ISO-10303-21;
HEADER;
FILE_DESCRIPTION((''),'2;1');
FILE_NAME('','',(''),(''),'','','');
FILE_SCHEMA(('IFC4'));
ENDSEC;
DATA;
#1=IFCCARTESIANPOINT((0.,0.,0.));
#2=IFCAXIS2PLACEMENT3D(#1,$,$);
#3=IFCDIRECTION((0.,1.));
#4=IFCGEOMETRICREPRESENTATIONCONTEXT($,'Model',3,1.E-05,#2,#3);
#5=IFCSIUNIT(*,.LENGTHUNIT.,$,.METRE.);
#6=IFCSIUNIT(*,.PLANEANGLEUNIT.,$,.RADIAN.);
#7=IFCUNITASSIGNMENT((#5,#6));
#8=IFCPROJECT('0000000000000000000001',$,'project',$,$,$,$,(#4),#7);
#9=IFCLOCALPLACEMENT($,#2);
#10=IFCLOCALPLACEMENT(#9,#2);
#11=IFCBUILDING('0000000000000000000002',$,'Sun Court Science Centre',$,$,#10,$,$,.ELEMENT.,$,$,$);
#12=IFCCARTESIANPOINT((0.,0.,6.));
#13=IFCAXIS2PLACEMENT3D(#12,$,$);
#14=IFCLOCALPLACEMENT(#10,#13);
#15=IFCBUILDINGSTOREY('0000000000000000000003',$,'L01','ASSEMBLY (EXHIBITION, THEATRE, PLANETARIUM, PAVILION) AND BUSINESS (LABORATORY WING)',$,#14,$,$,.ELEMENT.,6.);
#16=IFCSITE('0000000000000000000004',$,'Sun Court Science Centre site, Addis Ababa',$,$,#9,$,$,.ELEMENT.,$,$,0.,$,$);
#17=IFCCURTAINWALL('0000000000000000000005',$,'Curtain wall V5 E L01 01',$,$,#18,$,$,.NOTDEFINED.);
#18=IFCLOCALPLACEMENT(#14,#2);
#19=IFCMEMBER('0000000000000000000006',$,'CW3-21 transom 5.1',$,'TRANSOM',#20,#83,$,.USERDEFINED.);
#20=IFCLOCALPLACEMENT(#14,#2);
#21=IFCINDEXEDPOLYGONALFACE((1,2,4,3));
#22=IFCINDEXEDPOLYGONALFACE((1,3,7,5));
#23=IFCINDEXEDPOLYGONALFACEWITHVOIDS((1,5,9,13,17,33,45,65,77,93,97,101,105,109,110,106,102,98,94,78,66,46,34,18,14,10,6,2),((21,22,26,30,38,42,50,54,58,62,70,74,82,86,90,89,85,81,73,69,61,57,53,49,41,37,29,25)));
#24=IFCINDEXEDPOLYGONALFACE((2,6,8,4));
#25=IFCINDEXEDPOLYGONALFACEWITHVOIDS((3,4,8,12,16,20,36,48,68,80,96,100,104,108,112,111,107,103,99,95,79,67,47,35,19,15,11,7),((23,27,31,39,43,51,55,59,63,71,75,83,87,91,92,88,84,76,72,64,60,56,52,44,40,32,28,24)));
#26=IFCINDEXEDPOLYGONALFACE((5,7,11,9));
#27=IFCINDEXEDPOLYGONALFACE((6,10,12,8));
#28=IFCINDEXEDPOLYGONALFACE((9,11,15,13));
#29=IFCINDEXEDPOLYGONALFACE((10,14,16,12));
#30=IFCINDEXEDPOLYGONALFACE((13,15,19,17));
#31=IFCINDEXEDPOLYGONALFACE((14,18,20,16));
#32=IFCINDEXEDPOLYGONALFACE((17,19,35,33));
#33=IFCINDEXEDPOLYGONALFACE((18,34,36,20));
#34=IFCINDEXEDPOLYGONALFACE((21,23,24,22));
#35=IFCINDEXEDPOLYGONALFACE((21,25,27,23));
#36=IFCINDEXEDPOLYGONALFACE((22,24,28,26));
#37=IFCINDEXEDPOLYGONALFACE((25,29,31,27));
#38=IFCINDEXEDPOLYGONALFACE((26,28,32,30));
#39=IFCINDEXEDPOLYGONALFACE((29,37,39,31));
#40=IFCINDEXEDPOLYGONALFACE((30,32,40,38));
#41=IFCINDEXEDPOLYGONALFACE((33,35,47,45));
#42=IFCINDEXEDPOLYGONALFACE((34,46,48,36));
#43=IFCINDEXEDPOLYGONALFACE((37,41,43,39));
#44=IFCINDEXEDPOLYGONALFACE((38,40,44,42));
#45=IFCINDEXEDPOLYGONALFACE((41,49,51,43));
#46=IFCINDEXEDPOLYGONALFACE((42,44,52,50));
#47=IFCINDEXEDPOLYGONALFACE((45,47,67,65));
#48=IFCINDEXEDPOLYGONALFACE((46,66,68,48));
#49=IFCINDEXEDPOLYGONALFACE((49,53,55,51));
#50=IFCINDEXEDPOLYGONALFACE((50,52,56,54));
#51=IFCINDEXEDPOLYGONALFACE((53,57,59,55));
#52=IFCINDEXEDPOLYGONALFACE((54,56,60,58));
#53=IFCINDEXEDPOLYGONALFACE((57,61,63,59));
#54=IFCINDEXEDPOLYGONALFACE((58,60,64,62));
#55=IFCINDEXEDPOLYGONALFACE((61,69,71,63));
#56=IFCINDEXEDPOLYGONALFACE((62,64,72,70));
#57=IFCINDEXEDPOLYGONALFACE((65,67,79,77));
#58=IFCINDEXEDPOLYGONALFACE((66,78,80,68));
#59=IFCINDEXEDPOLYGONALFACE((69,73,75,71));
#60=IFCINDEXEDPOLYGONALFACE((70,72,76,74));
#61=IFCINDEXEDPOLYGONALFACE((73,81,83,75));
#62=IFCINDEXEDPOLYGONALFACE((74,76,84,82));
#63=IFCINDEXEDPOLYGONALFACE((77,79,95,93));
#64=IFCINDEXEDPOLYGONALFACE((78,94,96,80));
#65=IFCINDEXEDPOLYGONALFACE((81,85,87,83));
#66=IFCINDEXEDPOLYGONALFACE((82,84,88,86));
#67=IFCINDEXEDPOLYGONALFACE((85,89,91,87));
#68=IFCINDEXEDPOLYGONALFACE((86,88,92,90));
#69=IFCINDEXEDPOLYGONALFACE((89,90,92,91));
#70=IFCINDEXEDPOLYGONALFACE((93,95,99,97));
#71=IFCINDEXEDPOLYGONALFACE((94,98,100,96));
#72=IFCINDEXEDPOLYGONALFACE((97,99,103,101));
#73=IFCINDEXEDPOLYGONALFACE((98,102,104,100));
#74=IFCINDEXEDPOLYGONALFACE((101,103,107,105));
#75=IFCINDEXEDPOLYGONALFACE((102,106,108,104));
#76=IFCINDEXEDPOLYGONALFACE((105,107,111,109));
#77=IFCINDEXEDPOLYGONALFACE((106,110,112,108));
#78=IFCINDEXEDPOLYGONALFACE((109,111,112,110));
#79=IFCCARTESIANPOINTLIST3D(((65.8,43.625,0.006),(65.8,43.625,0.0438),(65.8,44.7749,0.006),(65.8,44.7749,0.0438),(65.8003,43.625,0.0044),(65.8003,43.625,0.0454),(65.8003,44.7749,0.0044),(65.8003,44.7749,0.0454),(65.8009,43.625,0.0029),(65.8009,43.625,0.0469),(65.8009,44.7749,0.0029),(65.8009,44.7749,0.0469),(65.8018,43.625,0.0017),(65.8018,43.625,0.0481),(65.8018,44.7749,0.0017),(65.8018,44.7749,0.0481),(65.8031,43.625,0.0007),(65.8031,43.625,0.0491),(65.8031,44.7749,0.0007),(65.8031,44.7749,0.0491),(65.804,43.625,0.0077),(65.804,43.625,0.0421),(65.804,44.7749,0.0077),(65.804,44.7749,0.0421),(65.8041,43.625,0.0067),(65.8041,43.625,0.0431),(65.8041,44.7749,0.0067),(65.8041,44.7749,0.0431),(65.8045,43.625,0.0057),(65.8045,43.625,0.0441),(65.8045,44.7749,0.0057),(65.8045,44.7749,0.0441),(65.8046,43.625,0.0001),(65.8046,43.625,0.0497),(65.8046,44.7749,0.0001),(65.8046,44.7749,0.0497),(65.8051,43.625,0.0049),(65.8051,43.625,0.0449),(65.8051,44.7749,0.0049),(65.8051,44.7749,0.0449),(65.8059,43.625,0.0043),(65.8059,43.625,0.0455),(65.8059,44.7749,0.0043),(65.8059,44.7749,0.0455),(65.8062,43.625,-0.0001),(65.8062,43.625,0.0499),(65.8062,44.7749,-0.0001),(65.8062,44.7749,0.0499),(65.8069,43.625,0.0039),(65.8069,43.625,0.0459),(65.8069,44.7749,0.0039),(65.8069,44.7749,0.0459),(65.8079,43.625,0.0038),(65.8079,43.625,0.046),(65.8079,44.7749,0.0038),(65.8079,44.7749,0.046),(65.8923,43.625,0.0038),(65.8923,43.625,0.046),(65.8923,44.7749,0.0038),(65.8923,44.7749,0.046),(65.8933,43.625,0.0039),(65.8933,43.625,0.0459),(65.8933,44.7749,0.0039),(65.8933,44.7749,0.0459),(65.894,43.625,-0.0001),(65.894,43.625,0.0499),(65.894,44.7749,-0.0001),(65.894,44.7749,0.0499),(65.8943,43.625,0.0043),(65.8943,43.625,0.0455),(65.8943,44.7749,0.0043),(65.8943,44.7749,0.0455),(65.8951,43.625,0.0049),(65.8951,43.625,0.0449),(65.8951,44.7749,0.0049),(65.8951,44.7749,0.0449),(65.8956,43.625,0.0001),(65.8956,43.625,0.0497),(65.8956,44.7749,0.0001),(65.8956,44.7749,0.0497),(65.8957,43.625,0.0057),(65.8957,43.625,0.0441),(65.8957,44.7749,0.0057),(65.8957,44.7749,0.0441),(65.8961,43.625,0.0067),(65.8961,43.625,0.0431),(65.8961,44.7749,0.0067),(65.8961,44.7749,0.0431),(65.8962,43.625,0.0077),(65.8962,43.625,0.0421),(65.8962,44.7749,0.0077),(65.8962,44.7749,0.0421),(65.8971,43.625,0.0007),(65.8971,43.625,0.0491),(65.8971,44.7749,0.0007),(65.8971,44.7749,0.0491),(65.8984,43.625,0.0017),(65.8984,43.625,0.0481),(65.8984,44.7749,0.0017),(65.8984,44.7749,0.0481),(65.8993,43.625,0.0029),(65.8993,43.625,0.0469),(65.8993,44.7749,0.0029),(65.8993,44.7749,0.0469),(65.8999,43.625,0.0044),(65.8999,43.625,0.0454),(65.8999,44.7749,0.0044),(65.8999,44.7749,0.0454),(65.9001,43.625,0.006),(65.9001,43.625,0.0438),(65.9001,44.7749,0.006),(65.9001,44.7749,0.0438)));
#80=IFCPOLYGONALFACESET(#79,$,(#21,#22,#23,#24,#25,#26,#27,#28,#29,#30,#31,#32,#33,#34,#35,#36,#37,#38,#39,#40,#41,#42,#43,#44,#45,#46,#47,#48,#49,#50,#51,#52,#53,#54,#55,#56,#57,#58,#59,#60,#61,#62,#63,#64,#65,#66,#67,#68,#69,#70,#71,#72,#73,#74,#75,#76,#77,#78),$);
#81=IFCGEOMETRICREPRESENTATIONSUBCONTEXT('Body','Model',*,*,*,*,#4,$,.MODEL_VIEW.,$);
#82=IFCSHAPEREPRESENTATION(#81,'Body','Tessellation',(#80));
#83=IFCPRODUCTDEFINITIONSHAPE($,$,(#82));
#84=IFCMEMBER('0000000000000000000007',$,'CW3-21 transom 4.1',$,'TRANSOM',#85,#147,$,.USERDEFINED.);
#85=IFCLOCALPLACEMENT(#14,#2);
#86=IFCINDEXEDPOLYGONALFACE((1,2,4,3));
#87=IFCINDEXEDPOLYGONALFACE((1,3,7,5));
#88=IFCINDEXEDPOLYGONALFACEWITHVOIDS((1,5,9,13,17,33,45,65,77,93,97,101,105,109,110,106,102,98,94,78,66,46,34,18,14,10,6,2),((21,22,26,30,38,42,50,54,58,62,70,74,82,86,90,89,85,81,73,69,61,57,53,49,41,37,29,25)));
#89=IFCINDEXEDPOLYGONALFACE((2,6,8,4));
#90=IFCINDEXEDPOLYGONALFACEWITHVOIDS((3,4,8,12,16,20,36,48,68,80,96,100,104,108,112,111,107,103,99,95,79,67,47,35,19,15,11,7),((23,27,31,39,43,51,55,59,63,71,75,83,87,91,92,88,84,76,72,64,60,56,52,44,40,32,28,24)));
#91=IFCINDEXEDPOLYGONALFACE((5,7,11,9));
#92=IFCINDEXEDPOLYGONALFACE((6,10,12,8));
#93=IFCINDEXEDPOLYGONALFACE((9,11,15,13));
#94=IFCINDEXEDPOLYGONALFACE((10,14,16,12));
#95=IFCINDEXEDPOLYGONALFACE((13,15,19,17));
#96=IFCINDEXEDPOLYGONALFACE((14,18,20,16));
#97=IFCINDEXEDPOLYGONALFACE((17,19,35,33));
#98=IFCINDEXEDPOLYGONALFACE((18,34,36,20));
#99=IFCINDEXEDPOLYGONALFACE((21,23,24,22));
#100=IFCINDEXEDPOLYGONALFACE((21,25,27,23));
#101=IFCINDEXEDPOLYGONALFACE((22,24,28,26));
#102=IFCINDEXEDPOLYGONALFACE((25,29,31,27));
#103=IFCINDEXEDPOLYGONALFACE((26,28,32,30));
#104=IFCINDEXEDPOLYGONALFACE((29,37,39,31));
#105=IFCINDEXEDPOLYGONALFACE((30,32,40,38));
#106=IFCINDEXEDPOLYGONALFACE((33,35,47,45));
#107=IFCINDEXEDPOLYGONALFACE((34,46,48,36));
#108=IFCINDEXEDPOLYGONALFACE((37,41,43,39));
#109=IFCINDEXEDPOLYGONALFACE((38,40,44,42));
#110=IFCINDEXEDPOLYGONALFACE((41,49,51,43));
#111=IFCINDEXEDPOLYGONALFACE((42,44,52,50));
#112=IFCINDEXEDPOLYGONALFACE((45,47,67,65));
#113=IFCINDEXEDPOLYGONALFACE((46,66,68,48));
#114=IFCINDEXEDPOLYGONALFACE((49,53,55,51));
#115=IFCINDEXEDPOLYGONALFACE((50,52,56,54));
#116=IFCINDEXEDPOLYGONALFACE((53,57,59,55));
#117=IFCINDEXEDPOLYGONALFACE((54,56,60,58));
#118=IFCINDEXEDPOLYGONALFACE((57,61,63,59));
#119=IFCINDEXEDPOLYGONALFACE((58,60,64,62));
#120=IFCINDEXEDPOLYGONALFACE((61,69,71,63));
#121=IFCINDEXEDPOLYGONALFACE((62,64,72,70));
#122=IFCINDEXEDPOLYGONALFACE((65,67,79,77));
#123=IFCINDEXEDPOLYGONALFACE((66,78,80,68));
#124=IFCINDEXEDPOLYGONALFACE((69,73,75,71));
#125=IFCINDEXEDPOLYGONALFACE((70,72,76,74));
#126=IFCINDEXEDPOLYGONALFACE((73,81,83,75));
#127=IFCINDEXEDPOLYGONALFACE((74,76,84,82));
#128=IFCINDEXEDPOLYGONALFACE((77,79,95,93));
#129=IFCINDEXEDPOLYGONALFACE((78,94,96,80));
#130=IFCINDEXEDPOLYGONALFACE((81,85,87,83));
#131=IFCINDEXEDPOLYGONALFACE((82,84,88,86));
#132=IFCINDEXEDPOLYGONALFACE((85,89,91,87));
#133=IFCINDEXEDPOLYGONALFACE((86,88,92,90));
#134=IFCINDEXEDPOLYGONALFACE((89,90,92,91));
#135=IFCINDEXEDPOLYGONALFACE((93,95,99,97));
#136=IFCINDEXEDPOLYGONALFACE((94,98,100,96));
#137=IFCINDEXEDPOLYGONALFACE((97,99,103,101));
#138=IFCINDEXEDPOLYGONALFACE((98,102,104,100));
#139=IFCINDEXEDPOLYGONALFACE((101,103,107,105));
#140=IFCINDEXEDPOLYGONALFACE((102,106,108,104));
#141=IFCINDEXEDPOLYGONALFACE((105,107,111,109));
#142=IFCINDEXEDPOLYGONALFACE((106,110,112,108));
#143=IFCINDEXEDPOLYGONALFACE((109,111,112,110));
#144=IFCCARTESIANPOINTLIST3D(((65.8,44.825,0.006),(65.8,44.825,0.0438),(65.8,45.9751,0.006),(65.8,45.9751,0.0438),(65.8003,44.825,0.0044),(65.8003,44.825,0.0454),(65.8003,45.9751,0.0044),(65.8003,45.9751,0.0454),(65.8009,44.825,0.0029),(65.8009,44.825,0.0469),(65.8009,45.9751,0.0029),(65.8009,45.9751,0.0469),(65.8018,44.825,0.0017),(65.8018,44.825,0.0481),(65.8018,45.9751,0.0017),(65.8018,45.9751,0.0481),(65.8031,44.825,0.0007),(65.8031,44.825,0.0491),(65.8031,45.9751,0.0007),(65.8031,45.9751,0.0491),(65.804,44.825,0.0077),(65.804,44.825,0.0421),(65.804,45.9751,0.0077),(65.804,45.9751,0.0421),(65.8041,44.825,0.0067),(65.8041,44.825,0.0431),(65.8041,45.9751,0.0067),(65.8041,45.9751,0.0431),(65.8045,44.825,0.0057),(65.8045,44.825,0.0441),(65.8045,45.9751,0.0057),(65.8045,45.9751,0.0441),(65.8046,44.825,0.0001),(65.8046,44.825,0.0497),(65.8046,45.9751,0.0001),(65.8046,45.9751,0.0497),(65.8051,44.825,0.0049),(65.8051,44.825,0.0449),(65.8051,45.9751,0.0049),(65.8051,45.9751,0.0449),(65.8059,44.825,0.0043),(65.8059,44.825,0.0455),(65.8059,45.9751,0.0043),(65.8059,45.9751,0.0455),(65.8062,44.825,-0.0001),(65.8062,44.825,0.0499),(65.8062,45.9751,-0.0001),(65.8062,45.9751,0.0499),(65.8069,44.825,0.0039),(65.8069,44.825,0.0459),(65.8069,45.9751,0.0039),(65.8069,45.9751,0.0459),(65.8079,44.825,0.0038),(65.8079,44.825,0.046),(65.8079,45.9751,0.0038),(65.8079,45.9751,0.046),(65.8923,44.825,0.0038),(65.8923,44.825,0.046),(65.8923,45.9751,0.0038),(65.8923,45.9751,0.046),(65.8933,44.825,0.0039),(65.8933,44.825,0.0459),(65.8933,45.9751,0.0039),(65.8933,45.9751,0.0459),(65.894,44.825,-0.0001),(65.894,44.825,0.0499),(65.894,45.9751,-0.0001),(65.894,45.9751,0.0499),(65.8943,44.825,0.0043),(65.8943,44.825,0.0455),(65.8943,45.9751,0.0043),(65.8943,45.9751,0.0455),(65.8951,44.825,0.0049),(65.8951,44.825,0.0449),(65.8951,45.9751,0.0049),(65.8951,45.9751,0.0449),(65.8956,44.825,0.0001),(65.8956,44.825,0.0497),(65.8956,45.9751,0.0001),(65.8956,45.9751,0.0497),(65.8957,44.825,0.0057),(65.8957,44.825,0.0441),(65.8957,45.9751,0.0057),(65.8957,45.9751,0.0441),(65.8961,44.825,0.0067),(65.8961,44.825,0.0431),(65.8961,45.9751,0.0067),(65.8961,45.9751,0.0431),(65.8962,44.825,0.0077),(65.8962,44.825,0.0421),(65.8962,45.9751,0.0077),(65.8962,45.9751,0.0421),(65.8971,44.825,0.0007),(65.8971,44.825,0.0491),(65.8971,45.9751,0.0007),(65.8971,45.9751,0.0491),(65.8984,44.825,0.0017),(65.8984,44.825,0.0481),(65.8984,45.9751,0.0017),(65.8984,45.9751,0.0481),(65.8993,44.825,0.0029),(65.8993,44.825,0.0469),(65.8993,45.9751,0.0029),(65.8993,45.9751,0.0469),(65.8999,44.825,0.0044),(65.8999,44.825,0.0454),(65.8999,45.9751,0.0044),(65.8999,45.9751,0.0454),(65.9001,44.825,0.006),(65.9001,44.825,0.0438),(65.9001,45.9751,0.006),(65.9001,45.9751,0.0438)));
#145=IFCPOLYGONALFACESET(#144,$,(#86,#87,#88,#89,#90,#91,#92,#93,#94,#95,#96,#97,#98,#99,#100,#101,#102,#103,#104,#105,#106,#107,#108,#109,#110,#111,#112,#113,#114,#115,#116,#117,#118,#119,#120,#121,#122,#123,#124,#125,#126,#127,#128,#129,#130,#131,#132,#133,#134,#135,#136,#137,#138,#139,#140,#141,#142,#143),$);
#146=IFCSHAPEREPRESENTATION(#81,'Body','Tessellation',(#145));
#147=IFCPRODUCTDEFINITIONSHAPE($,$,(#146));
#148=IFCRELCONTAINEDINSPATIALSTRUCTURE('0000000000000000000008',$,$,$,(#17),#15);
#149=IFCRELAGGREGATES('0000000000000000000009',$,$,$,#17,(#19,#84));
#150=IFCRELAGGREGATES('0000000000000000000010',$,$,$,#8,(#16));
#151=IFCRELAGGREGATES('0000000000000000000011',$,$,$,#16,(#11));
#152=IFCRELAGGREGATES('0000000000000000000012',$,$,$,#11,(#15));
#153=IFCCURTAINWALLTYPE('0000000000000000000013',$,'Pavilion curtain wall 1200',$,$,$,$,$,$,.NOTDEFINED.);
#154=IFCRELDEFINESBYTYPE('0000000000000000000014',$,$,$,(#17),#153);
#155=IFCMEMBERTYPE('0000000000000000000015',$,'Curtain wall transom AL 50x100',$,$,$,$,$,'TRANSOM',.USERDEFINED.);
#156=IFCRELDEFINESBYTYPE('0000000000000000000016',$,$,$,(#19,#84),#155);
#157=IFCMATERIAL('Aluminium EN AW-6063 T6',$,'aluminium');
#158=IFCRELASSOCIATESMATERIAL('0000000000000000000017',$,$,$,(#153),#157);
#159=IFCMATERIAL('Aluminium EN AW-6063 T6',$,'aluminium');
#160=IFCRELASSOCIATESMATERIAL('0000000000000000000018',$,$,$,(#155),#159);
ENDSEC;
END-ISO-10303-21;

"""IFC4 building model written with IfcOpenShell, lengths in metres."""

from ifc_helpers import new_model, si_unit, direction, frame, origin, origin_2d, place, context, subcontext, project, spatial, hollow_rectangle, extrude, material, material_profile, profile_set, type_object, element, aggregate, save


model = new_model("IFC4")

# Units and contexts
model_context = context("Model", 3, precision=1e-05, world=origin(), true_north=direction((0.0, 1.0)))
body_context = subcontext(model_context, "Body", "Model", "MODEL_VIEW")
ifc_project = project(units=[si_unit("LENGTHUNIT", "METRE"), si_unit("PLANEANGLEUNIT", "RADIAN")], contexts=[model_context])

# Site, building, storey
site_placement = place(None, origin())
site = spatial("IfcSite", under=ifc_project, at=site_placement, Name="Sun Court Science Centre site, Addis Ababa", CompositionType="ELEMENT", RefElevation=0.0)
building_placement = place(site_placement, origin())
building = spatial("IfcBuilding", under=site, at=building_placement, Name="Sun Court Science Centre", CompositionType="ELEMENT")
storey_placement = place(building_placement, frame((0.0, 0.0, 6.0)))
storey = spatial("IfcBuildingStorey", under=building, at=storey_placement, Name="L01", Description="ASSEMBLY (EXHIBITION, THEATRE, PLANETARIUM, PAVILION) AND BUSINESS (LABORATORY WING)", CompositionType="ELEMENT", Elevation=6.0)

# Curtain wall, members
ifc_material_1 = material(Name="Aluminium EN AW-6063 T6", Category="aluminium")
curtain_wall_type = type_object("IfcCurtainWallType", Name="Pavilion curtain wall 1200", PredefinedType="NOTDEFINED", material=ifc_material_1)
curtain_wall_placement = place(storey_placement, origin())
curtain_wall = element("IfcCurtainWall", 1, at=curtain_wall_placement, inside=storey, type_object=curtain_wall_type, Name="Curtain wall V5 E L01 01", PredefinedType="NOTDEFINED")
ifc_material_2 = material(Name="Aluminium EN AW-6063 T6", Category="aluminium")
ifc_material_profile_1 = material_profile(ifc_material_2, hollow_rectangle(XDim=0.05, YDim=0.1001, WallThickness=0.0039, InnerFilletRadius=0.0039, OuterFilletRadius=0.0061, at=origin_2d()), Name="AL 50x100x4")
ifc_profile_set_1 = profile_set([ifc_material_profile_1], Name="Aluminium EN AW-6063 T6")
member_type_1 = type_object("IfcMemberType", Name="Curtain wall transom AL 50x100", ElementType="TRANSOM", PredefinedType="USERDEFINED", material=ifc_profile_set_1)
member_1_placement = place(storey_placement, frame((65.8501, 44.7749, 0.0249), z_axis=(0.0, -1.0, 0.0), x_axis=(0.0, 0.0, 1.0)))
member_1 = element("IfcMember", 2, at=member_1_placement, type_object=member_type_1, Name="CW3-21 transom 5.1", ObjectType="TRANSOM", PredefinedType="USERDEFINED", context=body_context, shape_type="SweptSolid", body=[
    extrude(hollow_rectangle(XDim=0.05, YDim=0.1001, WallThickness=0.0039, InnerFilletRadius=0.0039, OuterFilletRadius=0.0061, at=origin_2d()), origin(), (0.0, 0.0, 1.0), 1.1499),
])
member_2_placement = place(storey_placement, frame((65.8501, 45.9751, 0.0249), z_axis=(0.0, -1.0, 0.0), x_axis=(0.0, 0.0, 1.0)))
member_2 = element("IfcMember", 3, at=member_2_placement, type_object=member_type_1, Name="CW3-21 transom 4.1", ObjectType="TRANSOM", PredefinedType="USERDEFINED", context=body_context, shape_type="SweptSolid", body=[
    extrude(hollow_rectangle(XDim=0.05, YDim=0.1001, WallThickness=0.0039, InnerFilletRadius=0.0039, OuterFilletRadius=0.0061, at=origin_2d()), origin(), (0.0, 0.0, 1.0), 1.1501),
])
aggregate(curtain_wall, [member_1, member_2])

save(model, "model.ifc")
